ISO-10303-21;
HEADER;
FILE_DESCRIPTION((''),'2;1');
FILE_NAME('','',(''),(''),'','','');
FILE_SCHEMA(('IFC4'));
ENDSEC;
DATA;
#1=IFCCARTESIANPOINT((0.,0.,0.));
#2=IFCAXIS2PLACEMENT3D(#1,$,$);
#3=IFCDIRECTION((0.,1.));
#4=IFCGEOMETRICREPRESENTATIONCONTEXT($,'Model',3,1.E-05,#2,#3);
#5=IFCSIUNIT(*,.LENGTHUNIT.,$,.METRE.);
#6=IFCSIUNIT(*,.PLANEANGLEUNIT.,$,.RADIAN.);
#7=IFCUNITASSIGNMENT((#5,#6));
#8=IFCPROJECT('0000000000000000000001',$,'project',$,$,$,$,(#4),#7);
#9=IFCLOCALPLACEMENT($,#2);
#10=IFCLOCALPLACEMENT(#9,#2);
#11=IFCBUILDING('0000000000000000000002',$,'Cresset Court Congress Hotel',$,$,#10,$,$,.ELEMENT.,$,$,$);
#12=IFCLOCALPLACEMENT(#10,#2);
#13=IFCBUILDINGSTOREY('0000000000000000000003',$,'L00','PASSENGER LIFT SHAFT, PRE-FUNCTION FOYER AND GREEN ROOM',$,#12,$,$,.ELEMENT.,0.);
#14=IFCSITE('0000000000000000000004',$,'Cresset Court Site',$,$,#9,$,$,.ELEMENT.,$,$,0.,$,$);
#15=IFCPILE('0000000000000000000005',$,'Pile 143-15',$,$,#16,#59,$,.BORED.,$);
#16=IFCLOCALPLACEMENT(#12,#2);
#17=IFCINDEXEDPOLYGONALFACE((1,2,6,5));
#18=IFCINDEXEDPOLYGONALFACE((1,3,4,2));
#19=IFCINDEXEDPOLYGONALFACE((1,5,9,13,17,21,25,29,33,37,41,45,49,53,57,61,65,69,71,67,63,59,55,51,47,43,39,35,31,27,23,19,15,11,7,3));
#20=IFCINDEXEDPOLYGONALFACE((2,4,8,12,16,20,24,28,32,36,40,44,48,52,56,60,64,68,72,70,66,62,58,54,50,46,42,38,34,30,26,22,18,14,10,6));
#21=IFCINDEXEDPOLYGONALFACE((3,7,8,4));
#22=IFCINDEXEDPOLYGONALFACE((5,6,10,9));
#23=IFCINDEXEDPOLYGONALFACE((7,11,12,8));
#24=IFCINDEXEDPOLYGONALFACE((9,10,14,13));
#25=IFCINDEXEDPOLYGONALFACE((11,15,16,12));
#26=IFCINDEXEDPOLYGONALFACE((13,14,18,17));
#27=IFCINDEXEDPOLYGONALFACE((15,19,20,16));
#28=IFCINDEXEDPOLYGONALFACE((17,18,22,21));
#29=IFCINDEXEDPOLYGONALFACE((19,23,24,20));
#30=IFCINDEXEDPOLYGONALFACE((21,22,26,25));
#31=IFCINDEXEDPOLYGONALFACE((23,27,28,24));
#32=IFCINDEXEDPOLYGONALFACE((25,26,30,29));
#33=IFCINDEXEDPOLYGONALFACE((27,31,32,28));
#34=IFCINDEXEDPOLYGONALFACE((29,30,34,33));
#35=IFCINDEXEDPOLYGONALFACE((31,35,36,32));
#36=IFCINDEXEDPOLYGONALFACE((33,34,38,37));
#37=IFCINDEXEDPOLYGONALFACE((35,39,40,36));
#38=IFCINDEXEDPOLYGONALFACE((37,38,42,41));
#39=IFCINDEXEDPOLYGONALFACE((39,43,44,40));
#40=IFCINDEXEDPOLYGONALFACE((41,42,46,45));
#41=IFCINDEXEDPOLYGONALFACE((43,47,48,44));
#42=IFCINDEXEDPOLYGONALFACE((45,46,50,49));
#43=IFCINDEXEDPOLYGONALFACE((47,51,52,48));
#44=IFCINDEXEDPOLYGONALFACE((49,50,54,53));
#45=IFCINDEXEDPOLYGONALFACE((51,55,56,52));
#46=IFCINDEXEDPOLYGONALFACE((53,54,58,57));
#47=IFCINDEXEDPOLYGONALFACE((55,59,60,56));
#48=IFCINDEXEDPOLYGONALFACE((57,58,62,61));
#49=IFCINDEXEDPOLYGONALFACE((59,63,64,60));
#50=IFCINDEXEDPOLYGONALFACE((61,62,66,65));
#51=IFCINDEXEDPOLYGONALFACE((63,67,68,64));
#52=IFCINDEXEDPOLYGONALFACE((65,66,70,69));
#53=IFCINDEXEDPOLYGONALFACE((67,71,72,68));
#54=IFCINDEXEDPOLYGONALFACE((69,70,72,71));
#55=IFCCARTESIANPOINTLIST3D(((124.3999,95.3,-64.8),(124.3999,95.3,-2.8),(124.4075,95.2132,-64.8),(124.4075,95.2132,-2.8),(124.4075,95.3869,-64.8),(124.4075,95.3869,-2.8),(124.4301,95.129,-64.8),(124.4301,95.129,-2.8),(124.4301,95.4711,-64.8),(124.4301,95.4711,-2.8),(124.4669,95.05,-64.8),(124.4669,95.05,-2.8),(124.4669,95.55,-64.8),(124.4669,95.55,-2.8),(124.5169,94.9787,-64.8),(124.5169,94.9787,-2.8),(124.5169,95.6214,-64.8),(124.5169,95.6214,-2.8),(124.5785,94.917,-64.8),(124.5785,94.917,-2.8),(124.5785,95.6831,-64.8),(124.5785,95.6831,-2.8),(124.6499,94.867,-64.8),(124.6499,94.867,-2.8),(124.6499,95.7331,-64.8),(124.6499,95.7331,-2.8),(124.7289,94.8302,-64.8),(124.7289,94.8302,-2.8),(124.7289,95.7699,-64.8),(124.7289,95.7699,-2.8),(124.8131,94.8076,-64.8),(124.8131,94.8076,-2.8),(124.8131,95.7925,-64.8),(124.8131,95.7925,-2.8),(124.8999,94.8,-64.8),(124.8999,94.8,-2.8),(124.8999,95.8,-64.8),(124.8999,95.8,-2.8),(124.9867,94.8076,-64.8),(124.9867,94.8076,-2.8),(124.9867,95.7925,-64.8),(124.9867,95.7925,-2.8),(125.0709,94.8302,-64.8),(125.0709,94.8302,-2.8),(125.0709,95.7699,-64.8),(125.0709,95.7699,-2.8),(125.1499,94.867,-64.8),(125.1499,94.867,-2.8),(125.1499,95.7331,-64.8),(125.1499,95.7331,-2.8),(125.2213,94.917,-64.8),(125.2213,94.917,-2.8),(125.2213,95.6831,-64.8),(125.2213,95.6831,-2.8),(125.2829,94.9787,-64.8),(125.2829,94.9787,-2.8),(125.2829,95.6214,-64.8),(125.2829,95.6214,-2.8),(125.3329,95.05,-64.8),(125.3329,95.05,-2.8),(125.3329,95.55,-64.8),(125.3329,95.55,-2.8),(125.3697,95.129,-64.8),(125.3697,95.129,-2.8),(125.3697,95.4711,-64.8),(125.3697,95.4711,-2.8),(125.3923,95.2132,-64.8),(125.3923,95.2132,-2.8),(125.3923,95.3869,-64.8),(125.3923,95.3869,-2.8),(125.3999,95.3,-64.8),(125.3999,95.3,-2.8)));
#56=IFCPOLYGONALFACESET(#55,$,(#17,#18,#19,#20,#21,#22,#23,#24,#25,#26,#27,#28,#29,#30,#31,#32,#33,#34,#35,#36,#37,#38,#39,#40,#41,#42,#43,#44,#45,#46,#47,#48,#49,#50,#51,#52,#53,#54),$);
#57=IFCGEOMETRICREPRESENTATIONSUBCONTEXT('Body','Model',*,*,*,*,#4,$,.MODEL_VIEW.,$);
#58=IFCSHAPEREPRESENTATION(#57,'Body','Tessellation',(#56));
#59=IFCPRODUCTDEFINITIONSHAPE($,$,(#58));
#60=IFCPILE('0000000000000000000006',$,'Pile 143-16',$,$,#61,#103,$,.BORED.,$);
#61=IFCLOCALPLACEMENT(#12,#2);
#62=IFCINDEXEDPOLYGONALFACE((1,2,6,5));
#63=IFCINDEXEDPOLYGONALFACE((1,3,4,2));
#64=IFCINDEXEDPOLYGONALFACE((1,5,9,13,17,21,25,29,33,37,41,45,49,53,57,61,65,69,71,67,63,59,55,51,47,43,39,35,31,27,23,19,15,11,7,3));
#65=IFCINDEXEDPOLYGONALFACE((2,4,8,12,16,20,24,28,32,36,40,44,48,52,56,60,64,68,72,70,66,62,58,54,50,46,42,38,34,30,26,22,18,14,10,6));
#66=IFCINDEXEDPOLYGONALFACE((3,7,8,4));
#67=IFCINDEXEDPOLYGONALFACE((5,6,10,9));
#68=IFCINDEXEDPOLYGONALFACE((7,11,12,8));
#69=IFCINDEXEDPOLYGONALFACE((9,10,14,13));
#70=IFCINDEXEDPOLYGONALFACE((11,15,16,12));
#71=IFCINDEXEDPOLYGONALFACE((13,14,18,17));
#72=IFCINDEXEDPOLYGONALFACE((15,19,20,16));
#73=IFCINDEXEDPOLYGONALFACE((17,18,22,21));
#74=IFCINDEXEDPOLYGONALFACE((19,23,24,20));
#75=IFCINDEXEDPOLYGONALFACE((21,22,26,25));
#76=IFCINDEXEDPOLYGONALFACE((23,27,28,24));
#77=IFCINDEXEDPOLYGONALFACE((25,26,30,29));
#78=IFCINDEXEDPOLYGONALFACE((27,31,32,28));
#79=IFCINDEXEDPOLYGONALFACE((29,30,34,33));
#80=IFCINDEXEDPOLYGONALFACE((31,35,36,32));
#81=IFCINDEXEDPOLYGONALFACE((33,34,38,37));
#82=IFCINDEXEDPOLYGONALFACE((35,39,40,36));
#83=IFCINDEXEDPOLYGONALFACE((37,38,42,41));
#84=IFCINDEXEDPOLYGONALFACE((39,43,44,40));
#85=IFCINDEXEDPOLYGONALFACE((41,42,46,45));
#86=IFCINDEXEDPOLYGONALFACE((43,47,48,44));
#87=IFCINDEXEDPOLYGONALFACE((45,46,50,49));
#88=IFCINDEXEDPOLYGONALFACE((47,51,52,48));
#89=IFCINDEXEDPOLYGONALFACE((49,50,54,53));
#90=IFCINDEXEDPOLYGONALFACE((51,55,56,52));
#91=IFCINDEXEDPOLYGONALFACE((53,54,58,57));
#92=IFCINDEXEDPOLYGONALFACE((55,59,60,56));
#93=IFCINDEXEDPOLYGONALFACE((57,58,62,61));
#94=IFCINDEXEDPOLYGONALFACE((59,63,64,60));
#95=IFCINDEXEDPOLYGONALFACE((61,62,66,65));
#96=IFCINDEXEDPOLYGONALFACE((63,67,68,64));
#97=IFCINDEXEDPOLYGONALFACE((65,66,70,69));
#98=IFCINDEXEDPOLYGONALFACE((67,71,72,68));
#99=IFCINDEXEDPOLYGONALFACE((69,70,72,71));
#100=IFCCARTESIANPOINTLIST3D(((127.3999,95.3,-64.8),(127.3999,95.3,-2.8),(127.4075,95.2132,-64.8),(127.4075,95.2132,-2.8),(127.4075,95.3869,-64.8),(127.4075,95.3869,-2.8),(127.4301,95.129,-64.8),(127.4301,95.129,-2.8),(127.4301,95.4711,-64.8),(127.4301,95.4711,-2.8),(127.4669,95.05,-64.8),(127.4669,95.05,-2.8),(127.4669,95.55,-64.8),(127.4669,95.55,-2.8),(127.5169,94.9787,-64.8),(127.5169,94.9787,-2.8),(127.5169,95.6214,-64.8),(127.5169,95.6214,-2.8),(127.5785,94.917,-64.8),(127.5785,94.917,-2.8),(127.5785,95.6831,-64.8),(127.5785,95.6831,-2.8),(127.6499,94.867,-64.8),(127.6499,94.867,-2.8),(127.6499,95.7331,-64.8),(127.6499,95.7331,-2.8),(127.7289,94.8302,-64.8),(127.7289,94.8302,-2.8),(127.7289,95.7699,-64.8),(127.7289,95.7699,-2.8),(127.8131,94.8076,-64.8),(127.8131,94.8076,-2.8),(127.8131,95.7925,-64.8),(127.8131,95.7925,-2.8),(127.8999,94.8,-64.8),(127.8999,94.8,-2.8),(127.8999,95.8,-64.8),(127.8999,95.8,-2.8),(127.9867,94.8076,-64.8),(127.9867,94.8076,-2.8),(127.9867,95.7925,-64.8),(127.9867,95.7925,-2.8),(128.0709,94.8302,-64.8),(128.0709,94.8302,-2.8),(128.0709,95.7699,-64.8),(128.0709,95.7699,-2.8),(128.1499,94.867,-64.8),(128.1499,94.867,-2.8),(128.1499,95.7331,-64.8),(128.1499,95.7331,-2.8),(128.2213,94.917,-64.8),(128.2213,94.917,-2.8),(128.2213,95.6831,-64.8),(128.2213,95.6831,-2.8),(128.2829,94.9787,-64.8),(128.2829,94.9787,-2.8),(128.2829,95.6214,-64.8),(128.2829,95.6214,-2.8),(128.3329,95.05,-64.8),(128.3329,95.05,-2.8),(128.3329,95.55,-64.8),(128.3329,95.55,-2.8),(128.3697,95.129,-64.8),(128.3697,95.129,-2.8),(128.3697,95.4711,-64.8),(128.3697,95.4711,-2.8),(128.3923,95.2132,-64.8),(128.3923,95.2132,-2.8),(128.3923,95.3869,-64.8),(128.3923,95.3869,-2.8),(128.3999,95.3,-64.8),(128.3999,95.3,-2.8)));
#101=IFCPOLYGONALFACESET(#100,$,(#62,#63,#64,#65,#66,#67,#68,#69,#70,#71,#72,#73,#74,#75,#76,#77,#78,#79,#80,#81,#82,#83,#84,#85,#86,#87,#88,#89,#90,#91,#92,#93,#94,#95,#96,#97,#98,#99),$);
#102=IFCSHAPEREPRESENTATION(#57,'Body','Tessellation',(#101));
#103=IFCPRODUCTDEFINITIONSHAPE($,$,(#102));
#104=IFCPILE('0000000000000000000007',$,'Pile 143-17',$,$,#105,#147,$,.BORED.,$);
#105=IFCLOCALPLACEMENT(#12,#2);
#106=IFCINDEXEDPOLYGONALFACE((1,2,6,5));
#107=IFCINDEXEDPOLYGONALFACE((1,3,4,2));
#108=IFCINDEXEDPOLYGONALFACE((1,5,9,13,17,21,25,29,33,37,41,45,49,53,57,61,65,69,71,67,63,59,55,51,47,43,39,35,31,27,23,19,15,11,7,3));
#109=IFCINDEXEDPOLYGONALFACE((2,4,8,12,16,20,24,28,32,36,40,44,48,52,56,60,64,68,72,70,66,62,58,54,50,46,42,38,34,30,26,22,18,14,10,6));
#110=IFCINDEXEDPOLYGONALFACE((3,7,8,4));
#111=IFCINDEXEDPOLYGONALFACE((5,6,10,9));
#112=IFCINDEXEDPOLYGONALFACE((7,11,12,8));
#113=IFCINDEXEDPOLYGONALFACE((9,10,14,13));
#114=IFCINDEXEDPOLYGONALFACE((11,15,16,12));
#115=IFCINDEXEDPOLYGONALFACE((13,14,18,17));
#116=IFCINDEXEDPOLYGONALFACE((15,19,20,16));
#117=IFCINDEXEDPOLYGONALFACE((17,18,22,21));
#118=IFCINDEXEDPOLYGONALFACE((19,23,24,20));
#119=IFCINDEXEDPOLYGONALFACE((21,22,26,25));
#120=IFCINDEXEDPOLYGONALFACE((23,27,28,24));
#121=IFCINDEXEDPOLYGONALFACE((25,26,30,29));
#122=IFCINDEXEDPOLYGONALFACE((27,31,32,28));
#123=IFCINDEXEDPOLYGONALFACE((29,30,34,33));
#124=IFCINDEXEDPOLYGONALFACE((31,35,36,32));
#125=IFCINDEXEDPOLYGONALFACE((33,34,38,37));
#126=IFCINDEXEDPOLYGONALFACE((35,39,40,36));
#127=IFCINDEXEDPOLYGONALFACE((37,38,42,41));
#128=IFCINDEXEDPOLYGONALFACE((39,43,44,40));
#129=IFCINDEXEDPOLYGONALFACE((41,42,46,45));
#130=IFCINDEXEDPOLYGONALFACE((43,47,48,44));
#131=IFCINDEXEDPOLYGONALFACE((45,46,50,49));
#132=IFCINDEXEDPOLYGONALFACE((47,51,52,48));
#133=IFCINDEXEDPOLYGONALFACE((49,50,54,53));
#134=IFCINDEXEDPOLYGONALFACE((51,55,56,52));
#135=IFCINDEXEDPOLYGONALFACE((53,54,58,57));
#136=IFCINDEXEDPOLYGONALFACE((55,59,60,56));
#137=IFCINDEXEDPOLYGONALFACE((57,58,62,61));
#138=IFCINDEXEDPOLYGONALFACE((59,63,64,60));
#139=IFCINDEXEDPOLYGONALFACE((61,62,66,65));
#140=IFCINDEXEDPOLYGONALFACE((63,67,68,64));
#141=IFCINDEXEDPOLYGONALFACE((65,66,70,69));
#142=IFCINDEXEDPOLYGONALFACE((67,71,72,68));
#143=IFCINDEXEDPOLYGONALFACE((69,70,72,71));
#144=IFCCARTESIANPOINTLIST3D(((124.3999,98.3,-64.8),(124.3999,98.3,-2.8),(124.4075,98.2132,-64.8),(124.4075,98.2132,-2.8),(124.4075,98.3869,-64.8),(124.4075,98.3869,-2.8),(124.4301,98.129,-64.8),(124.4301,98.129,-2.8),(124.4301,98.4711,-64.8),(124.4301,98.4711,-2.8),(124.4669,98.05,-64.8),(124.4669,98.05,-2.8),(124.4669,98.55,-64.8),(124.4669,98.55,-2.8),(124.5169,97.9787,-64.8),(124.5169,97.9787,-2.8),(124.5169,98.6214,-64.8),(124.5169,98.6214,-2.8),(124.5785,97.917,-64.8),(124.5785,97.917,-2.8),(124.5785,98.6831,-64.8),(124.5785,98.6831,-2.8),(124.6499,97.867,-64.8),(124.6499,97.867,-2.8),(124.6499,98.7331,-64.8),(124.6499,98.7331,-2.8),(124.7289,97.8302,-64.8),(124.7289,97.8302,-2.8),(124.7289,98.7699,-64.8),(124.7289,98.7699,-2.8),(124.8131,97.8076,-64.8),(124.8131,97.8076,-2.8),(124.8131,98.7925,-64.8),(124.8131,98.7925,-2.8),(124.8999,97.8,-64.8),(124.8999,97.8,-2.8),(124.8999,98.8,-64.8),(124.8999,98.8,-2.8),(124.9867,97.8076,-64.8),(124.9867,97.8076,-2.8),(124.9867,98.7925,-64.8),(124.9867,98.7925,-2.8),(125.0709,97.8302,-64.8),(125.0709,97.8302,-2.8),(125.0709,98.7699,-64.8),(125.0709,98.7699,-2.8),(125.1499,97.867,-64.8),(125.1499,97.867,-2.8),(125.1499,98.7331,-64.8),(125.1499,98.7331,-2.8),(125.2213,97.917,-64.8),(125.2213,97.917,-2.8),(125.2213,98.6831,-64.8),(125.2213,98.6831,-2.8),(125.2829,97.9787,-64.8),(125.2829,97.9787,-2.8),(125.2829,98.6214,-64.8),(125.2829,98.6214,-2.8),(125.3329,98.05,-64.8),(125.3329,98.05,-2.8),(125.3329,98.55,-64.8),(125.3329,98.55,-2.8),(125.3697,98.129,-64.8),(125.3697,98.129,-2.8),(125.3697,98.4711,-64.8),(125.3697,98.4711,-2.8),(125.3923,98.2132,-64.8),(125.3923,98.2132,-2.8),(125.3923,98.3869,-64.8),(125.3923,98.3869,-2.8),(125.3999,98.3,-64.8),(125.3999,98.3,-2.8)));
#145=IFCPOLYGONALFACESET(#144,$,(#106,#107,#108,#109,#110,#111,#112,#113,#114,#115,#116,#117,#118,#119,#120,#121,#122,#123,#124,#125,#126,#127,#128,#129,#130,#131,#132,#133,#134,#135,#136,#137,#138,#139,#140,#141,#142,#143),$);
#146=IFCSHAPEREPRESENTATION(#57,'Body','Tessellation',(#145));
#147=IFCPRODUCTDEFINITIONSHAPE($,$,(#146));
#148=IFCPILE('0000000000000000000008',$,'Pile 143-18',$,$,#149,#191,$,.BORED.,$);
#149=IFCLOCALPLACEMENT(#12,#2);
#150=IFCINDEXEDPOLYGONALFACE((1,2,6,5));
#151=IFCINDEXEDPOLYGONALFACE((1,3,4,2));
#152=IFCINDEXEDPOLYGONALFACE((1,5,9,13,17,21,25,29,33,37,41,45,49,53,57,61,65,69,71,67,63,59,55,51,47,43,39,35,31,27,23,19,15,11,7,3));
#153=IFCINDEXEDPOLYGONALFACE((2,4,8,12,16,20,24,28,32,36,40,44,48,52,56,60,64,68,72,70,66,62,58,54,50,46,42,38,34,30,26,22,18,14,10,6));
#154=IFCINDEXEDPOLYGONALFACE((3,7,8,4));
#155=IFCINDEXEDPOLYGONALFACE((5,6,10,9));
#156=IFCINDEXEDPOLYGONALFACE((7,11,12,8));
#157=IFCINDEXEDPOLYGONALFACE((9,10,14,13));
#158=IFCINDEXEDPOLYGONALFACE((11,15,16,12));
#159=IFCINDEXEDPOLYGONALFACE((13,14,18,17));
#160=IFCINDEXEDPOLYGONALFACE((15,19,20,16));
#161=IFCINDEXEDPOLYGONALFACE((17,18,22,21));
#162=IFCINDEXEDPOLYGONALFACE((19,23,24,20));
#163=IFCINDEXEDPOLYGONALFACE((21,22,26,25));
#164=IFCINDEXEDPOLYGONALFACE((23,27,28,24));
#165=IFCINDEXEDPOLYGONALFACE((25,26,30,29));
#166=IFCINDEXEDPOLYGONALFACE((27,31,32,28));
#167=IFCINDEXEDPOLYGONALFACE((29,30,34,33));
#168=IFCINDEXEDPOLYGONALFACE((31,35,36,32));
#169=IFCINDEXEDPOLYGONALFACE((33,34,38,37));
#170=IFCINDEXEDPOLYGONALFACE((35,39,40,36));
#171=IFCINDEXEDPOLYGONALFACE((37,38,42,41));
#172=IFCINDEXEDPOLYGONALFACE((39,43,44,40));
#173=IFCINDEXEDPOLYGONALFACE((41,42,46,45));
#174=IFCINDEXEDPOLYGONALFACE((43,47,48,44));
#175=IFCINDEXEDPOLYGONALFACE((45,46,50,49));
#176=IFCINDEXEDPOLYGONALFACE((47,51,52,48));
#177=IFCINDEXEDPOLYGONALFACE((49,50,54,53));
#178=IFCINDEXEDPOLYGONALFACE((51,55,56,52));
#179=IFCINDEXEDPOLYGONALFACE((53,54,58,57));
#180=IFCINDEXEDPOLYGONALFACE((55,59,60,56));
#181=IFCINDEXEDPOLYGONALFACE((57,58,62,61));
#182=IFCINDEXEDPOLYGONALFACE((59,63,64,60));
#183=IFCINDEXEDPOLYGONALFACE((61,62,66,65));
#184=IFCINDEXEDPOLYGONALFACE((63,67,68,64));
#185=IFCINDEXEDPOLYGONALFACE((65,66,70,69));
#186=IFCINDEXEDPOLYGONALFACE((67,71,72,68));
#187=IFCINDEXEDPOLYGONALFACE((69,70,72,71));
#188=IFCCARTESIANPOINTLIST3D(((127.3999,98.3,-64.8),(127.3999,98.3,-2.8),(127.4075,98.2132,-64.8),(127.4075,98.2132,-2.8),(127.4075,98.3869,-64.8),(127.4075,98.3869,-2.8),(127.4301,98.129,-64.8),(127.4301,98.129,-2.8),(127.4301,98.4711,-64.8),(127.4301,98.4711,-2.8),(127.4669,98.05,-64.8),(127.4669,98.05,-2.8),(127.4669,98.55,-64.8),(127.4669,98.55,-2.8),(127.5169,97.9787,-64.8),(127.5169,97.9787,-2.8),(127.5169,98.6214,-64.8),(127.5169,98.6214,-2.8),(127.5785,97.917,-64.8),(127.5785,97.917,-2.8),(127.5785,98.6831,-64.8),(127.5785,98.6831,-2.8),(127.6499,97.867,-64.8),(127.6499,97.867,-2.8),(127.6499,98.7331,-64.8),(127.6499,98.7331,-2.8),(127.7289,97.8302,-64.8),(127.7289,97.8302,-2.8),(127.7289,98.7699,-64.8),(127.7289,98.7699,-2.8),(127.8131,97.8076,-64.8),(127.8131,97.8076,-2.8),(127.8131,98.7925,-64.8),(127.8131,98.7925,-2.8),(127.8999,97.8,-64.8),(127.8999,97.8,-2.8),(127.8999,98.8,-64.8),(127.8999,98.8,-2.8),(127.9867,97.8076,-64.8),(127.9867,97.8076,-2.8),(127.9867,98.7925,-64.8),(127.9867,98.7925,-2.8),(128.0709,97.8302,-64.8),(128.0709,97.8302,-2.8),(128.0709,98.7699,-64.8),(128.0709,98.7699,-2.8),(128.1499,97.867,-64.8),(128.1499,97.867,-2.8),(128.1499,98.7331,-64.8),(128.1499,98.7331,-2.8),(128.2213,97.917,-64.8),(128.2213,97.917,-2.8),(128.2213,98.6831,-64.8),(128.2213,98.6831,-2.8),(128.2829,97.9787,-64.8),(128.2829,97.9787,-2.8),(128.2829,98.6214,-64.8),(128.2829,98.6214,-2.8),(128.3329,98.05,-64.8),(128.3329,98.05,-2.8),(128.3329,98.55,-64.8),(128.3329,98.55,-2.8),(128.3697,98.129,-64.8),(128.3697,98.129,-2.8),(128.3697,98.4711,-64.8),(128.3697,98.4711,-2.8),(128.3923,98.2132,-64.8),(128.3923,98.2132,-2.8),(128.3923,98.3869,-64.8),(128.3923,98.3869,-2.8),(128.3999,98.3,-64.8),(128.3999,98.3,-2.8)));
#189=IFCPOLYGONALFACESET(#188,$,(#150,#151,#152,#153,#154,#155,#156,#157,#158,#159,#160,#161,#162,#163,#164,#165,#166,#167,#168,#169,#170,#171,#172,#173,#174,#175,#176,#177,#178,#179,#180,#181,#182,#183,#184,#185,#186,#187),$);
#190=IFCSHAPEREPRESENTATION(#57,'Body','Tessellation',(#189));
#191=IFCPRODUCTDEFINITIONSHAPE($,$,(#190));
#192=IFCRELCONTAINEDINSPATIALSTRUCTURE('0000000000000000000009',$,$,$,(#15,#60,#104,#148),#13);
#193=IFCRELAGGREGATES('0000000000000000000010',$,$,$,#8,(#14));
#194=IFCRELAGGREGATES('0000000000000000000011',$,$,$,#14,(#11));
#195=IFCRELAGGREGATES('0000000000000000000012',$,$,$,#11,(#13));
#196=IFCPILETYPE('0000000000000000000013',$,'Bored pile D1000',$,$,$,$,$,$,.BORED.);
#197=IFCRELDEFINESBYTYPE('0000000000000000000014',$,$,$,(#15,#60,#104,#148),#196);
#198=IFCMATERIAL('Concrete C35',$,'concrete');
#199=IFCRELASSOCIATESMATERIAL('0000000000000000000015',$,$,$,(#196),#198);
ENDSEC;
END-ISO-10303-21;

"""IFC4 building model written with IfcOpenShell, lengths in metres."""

from ifc_helpers import new_model, si_unit, direction, frame, origin, origin_2d, place, context, subcontext, project, spatial, circle, extrude, material, type_object, element, save


model = new_model("IFC4")

# Units and contexts
model_context = context("Model", 3, precision=1e-05, world=origin(), true_north=direction((0.0, 1.0)))
body_context = subcontext(model_context, "Body", "Model", "MODEL_VIEW")
ifc_project = project(units=[si_unit("LENGTHUNIT", "METRE"), si_unit("PLANEANGLEUNIT", "RADIAN")], contexts=[model_context])

# Site, building, storey
site_placement = place(None, origin())
site = spatial("IfcSite", under=ifc_project, at=site_placement, Name="Cresset Court Site", CompositionType="ELEMENT", RefElevation=0.0)
building_placement = place(site_placement, origin())
building = spatial("IfcBuilding", under=site, at=building_placement, Name="Cresset Court Congress Hotel", CompositionType="ELEMENT")
storey_placement = place(building_placement, origin())
storey = spatial("IfcBuildingStorey", under=building, at=storey_placement, Name="L00", Description="PASSENGER LIFT SHAFT, PRE-FUNCTION FOYER AND GREEN ROOM", CompositionType="ELEMENT", Elevation=0.0)

# Piles
ifc_material_1 = material(Name="Concrete C35", Category="concrete")
pile_type_1 = type_object("IfcPileType", Name="Bored pile D1000", PredefinedType="BORED", material=ifc_material_1)
for number, where, z_axis, x_axis, name in (
    (1, (124.8999, 95.3, -2.8), (0.0, 0.0, -1.0), (1.0, 0.0, 0.0), "Pile 143-15"),
    (2, (127.8999, 95.3, -2.8), (0.0, 0.0, -1.0), (1.0, 0.0, 0.0), "Pile 143-16"),
    (3, (124.8999, 98.3, -2.8), (0.0, 0.0, -1.0), (1.0, 0.0, 0.0), "Pile 143-17"),
    (4, (127.8999, 98.3, -2.8), (0.0, 0.0, -1.0), (1.0, 0.0, 0.0), "Pile 143-18"),
):
    element("IfcPile", number, at=place(storey_placement, frame(where, z_axis=z_axis, x_axis=x_axis)), inside=storey, type_object=pile_type_1, Name=name, PredefinedType="BORED", context=body_context, shape_type="SweptSolid", body=[
        extrude(circle(Radius=0.5, at=origin_2d()), origin(), (0.0, 0.0, 1.0), 62.0),
    ])

save(model, "model.ifc")
